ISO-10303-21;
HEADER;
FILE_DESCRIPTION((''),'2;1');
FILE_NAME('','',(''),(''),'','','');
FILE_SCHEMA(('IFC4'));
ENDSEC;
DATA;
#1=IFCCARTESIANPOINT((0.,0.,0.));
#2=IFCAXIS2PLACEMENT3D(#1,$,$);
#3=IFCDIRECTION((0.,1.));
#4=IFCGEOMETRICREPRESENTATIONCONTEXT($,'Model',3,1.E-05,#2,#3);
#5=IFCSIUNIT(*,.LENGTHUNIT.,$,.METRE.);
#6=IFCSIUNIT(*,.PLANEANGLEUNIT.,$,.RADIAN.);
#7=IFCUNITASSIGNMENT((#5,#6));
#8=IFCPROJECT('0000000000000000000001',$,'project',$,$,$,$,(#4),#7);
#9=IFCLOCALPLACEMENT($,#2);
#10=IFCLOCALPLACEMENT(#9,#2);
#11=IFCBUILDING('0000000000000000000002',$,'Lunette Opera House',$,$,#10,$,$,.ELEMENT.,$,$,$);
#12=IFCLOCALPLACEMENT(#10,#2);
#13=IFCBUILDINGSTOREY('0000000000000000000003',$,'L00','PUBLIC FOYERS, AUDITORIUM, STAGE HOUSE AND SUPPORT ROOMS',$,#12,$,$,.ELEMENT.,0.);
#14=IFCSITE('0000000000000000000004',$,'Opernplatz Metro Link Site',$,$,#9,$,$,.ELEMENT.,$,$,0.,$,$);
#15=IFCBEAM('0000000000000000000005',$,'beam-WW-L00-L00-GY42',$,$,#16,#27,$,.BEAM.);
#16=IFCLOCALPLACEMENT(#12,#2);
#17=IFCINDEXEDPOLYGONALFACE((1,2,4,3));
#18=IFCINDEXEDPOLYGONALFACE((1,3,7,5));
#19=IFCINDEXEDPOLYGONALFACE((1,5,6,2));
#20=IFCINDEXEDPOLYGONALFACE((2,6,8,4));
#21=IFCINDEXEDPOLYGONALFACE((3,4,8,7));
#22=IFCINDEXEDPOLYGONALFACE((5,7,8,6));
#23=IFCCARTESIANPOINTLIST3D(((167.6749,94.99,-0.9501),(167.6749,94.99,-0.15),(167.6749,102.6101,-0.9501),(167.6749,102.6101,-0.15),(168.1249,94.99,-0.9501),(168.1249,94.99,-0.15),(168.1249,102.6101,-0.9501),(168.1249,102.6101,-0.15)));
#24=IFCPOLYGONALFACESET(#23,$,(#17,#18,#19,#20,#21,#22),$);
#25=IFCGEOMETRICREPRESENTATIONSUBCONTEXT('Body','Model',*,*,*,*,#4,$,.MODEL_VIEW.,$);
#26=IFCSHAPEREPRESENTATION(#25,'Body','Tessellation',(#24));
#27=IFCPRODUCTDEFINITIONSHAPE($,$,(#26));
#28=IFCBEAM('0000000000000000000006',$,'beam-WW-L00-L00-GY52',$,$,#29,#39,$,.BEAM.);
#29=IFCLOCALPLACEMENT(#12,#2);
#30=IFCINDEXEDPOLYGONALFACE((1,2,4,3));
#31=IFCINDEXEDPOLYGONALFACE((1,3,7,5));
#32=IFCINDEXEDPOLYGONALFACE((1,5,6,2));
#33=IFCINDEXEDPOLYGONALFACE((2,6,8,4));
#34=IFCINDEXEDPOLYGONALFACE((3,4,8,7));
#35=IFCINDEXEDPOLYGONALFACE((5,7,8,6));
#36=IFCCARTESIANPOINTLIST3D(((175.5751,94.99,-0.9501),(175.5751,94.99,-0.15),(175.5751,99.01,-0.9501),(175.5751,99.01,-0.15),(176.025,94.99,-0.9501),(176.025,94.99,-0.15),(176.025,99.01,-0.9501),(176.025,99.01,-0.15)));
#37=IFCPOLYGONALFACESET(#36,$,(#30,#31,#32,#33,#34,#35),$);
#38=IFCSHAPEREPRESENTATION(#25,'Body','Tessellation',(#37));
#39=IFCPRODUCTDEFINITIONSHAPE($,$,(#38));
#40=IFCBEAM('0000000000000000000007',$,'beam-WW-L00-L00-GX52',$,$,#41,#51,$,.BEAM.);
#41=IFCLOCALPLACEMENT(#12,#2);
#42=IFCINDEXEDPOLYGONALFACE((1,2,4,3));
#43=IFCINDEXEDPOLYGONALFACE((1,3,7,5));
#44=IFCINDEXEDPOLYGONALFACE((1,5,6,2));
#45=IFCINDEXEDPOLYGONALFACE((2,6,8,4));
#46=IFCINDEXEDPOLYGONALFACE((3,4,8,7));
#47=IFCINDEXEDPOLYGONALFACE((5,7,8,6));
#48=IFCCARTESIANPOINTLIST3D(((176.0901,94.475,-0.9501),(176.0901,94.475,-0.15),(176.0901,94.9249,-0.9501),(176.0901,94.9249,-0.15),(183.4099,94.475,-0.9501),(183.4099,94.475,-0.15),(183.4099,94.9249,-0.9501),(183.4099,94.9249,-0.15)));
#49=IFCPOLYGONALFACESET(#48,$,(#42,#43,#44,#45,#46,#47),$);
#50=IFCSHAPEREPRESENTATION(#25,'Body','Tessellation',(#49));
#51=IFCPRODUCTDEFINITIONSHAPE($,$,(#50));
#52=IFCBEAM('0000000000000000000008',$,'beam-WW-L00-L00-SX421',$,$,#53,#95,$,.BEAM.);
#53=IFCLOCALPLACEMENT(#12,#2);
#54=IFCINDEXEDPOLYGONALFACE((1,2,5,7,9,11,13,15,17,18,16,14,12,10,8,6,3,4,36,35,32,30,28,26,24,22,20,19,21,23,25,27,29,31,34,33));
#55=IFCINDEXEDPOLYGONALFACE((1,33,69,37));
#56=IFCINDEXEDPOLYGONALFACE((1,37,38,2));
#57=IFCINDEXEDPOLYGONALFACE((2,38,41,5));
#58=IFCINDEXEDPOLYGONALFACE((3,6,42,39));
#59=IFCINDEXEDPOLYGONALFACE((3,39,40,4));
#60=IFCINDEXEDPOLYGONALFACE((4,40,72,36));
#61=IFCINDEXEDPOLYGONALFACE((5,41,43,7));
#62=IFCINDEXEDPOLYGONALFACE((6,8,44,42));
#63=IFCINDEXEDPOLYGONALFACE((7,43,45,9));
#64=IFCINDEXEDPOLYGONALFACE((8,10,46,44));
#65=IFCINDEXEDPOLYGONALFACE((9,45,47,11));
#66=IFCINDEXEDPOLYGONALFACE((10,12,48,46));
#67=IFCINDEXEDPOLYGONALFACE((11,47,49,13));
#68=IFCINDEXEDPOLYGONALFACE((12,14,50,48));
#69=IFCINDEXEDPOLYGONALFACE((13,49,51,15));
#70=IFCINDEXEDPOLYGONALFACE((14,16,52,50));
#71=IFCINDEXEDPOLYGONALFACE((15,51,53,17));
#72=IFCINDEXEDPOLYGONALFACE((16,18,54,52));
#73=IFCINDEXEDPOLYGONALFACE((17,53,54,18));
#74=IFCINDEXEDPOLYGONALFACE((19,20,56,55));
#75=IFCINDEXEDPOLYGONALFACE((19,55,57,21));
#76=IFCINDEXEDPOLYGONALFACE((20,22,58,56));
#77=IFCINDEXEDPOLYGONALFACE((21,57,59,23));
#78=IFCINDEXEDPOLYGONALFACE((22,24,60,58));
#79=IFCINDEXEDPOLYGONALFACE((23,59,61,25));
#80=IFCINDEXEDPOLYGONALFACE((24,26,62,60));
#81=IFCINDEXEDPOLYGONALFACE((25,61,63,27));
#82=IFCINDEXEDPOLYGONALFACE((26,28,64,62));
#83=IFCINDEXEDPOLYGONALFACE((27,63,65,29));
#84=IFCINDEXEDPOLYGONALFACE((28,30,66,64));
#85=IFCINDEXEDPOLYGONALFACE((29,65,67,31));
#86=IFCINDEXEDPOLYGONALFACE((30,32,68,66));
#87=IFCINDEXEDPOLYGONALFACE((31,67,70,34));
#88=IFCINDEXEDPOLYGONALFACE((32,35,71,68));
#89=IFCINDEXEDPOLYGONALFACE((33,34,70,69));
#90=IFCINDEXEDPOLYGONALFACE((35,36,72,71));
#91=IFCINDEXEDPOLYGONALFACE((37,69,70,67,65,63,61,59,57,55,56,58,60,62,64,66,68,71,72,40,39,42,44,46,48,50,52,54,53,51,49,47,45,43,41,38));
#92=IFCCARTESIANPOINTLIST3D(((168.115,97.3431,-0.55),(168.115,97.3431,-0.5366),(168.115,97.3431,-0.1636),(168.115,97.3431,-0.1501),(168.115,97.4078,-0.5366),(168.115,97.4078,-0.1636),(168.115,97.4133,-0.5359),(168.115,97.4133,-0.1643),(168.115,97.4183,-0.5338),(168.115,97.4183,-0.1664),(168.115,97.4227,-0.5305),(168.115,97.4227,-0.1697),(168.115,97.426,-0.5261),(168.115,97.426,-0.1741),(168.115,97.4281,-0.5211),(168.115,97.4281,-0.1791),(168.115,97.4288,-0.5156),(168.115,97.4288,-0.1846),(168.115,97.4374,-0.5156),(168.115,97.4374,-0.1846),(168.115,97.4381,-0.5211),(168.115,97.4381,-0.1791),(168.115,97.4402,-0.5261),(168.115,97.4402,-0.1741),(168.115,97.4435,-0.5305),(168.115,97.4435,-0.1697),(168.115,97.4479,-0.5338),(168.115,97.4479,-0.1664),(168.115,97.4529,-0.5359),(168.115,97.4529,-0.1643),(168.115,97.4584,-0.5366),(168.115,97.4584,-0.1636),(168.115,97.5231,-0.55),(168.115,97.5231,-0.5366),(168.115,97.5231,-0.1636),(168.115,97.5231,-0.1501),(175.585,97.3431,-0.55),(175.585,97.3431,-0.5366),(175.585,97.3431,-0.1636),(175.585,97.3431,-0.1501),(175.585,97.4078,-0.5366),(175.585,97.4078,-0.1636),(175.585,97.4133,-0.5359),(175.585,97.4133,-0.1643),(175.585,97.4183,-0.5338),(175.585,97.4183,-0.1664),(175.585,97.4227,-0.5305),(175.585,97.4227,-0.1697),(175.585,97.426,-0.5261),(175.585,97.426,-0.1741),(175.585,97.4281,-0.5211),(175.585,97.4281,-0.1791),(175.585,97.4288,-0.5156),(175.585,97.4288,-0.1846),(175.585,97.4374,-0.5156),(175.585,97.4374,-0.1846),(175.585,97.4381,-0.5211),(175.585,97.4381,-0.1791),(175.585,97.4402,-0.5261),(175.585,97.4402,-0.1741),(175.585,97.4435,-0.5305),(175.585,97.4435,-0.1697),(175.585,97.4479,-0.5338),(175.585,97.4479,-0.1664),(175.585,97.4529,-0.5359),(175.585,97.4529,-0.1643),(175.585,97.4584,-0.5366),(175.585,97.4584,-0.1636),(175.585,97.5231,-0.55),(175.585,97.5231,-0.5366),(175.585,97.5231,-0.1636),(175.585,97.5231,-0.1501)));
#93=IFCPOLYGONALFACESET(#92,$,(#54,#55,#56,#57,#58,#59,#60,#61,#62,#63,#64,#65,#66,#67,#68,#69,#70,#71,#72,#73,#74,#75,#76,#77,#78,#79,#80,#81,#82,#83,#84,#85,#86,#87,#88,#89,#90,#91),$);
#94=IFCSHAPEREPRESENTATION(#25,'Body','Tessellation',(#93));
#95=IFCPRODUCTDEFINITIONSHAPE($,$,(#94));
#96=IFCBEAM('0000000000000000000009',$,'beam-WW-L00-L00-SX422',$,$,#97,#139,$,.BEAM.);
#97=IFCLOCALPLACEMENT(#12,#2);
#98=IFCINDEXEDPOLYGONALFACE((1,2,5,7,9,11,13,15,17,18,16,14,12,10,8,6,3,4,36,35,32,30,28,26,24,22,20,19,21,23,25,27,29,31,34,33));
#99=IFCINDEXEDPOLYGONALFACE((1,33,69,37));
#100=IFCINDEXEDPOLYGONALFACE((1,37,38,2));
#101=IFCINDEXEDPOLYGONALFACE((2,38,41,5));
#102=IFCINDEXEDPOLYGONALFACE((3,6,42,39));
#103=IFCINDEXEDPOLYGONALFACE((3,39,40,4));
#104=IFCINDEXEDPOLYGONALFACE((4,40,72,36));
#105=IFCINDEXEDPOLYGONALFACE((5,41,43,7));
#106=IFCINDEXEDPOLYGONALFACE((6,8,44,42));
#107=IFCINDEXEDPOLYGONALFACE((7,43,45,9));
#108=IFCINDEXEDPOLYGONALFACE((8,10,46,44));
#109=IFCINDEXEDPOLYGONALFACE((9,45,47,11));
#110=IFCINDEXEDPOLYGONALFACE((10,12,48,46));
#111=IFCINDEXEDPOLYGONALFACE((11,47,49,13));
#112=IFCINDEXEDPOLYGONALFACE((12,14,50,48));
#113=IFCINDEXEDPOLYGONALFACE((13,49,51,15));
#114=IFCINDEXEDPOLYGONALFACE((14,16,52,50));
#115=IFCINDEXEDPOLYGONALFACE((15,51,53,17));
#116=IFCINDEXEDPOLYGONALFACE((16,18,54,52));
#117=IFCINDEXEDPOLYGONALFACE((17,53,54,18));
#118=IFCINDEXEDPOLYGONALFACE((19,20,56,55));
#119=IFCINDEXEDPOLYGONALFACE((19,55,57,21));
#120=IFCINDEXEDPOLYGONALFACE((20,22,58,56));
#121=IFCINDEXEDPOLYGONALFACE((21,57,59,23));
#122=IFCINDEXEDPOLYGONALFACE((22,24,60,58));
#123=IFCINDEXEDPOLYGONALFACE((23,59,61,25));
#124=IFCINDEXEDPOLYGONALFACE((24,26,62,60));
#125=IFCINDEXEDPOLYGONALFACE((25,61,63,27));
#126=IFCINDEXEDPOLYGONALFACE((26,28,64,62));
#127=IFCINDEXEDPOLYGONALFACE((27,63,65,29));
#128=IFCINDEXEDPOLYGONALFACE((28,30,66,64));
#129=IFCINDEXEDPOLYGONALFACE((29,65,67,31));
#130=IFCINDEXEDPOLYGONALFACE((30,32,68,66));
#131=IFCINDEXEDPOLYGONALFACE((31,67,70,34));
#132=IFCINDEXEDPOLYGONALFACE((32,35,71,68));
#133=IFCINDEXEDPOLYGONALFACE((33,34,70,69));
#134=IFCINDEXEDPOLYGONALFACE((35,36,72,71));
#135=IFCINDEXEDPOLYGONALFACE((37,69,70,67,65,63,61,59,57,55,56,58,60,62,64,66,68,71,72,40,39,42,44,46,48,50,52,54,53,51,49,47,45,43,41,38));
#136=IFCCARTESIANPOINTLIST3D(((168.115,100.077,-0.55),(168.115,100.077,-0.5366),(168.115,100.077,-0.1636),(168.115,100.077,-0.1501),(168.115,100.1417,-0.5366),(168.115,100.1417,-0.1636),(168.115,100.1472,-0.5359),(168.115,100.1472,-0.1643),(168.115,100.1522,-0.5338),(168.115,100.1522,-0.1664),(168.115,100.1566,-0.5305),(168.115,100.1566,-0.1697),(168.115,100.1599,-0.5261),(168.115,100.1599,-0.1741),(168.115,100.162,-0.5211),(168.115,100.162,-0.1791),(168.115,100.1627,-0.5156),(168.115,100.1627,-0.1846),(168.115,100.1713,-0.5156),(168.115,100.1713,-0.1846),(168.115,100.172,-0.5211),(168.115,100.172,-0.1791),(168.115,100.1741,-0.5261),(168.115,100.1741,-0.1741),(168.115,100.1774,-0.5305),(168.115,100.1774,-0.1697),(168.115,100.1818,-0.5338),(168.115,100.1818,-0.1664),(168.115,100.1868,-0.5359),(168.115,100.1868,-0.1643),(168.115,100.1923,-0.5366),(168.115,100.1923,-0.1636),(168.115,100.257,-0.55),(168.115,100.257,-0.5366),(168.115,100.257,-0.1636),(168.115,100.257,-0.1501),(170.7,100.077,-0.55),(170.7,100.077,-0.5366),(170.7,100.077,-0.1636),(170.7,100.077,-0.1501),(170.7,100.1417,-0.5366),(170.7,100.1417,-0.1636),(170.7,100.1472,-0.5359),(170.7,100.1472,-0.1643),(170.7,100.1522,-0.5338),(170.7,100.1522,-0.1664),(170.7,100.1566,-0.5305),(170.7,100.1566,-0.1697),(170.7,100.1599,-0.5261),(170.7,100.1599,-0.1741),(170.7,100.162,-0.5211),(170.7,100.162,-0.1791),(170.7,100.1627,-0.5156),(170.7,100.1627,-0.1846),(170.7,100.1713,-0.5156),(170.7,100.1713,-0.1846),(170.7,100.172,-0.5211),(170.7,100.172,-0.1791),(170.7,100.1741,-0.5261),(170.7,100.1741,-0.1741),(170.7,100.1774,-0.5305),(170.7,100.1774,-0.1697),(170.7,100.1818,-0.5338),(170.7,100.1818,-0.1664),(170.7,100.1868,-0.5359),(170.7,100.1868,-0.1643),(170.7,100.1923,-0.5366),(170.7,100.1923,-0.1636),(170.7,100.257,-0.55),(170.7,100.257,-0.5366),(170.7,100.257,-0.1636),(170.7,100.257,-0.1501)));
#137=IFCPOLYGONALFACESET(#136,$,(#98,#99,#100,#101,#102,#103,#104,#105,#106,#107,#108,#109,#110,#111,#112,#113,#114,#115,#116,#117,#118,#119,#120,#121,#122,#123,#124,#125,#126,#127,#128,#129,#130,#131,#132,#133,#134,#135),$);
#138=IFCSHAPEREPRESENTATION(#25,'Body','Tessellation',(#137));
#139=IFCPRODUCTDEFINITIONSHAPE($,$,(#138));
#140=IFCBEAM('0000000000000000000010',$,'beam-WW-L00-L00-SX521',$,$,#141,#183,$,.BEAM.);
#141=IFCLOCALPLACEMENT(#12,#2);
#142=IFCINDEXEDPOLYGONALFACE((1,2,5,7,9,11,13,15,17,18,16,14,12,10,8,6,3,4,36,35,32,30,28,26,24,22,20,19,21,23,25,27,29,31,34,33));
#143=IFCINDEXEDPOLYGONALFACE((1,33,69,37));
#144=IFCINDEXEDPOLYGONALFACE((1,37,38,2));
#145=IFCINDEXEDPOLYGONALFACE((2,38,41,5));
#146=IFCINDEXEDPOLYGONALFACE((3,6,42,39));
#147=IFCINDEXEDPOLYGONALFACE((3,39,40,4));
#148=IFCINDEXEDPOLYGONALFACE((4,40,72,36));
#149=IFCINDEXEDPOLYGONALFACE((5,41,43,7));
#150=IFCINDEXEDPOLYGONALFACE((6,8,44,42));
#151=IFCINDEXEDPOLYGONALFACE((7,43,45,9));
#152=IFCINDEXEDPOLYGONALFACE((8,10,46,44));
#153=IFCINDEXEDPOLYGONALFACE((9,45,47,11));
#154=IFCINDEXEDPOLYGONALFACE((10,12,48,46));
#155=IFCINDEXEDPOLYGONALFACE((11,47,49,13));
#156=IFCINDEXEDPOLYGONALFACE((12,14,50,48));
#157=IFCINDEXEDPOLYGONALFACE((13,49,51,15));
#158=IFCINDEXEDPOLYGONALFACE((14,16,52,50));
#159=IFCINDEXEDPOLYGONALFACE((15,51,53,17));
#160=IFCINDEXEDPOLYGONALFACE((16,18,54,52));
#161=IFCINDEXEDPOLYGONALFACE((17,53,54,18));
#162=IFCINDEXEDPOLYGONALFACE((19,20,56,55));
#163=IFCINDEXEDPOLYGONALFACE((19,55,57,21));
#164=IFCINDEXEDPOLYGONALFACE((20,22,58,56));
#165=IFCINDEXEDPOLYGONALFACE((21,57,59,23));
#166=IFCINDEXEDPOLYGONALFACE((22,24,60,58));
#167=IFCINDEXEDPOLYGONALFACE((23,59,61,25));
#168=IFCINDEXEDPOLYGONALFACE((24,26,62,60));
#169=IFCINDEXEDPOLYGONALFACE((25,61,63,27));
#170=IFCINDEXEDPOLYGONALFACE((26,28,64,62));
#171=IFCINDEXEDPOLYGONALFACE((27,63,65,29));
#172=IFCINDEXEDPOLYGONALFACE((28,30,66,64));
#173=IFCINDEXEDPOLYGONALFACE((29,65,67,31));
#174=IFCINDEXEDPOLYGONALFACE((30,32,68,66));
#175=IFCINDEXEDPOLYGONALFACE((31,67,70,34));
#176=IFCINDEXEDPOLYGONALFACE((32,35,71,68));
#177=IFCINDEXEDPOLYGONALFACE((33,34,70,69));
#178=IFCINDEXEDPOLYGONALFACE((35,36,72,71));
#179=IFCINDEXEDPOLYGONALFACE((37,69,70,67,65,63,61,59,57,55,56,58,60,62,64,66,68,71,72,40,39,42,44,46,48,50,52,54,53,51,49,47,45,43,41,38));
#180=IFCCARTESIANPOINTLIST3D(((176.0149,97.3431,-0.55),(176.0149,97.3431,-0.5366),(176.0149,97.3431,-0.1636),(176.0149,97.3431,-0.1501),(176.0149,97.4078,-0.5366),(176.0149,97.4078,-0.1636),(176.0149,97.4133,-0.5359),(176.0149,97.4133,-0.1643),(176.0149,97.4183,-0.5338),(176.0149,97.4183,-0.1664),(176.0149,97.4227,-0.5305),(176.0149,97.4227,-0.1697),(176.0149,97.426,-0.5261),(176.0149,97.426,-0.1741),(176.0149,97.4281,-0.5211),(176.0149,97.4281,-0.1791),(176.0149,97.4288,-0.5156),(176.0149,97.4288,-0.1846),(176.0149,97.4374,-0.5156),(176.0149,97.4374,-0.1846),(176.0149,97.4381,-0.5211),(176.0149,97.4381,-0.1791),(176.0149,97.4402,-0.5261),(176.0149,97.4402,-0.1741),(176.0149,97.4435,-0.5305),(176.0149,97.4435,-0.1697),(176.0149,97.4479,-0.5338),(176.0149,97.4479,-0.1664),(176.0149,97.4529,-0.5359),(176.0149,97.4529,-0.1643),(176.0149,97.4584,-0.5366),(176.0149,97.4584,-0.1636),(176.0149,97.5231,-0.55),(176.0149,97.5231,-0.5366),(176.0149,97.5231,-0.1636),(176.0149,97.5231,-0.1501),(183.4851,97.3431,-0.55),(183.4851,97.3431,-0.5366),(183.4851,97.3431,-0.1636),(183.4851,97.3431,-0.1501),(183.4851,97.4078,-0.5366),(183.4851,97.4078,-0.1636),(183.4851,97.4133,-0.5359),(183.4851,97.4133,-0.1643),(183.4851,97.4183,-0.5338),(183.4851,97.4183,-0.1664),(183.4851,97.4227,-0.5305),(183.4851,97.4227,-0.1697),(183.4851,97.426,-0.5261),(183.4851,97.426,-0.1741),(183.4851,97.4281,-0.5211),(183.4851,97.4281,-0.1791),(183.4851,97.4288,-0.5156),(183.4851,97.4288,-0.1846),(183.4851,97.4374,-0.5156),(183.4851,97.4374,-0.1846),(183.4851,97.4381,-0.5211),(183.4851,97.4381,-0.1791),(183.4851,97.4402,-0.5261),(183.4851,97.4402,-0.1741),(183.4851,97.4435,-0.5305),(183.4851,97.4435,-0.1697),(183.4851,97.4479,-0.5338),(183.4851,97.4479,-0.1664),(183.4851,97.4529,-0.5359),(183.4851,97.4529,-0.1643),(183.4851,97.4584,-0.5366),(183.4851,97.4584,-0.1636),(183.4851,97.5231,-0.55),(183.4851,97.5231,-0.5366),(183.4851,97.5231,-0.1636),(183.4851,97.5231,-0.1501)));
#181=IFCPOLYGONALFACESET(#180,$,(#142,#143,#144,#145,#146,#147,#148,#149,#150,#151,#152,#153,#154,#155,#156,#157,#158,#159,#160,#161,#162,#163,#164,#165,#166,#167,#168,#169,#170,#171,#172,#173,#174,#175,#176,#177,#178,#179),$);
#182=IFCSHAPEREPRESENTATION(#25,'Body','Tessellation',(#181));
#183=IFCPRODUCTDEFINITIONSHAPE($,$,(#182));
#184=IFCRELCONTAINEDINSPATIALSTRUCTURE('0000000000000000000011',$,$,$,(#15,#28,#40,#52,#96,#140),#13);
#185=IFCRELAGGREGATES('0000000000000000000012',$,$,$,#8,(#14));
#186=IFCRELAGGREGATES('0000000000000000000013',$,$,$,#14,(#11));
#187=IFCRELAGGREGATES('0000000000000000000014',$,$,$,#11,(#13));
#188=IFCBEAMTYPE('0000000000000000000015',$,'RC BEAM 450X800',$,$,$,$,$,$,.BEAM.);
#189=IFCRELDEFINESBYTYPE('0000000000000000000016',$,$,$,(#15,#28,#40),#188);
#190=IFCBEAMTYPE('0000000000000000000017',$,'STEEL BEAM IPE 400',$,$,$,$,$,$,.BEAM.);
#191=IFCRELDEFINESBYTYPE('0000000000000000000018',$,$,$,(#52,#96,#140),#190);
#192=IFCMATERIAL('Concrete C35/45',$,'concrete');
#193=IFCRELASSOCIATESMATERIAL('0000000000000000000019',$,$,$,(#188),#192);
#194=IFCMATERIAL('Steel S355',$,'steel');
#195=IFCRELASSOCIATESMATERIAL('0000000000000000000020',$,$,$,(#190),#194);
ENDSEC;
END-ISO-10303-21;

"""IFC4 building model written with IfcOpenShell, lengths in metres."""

from ifc_helpers import new_model, si_unit, direction, frame, origin, origin_2d, place, context, subcontext, project, spatial, rectangle, i_section, extrude, material, material_profile, profile_set, type_object, element, save


model = new_model("IFC4")

# Units and contexts
model_context = context("Model", 3, precision=1e-05, world=origin(), true_north=direction((0.0, 1.0)))
body_context = subcontext(model_context, "Body", "Model", "MODEL_VIEW")
ifc_project = project(units=[si_unit("LENGTHUNIT", "METRE"), si_unit("PLANEANGLEUNIT", "RADIAN")], contexts=[model_context])

# Site, building, storey
site_placement = place(None, origin())
site = spatial("IfcSite", under=ifc_project, at=site_placement, Name="Opernplatz Metro Link Site", CompositionType="ELEMENT", RefElevation=0.0)
building_placement = place(site_placement, origin())
building = spatial("IfcBuilding", under=site, at=building_placement, Name="Lunette Opera House", CompositionType="ELEMENT")
storey_placement = place(building_placement, origin())
storey = spatial("IfcBuildingStorey", under=building, at=storey_placement, Name="L00", Description="PUBLIC FOYERS, AUDITORIUM, STAGE HOUSE AND SUPPORT ROOMS", CompositionType="ELEMENT", Elevation=0.0)

# Beams
ifc_material_1 = material(Name="Concrete C35/45", Category="concrete")
ifc_material_profile_1 = material_profile(ifc_material_1, rectangle(XDim=0.45, YDim=0.8, at=origin_2d()), Name="RC BEAM 450X800")
ifc_profile_set_1 = profile_set([ifc_material_profile_1], Name="Concrete C35/45")
beam_type_1 = type_object("IfcBeamType", Name="RC BEAM 450X800", PredefinedType="BEAM", material=ifc_profile_set_1)
beam_1_placement = place(storey_placement, frame((167.8999, 94.99, -0.55), z_axis=(0.0, 1.0, 0.0), x_axis=(-1.0, 0.0, 0.0)))
element("IfcBeam", 1, at=beam_1_placement, inside=storey, type_object=beam_type_1, Name="beam-WW-L00-L00-GY42", PredefinedType="BEAM", context=body_context, shape_type="SweptSolid", body=[
    extrude(rectangle(XDim=0.45, YDim=0.8, at=origin_2d()), origin(), (0.0, 0.0, 1.0), 7.6201),
])
beam_2_placement = place(storey_placement, frame((175.8, 94.99, -0.55), z_axis=(0.0, 1.0, 0.0), x_axis=(-1.0, 0.0, 0.0)))
element("IfcBeam", 2, at=beam_2_placement, inside=storey, type_object=beam_type_1, Name="beam-WW-L00-L00-GY52", PredefinedType="BEAM", context=body_context, shape_type="SweptSolid", body=[
    extrude(rectangle(XDim=0.45, YDim=0.8, at=origin_2d()), origin(), (0.0, 0.0, 1.0), 4.02),
])
beam_3_placement = place(storey_placement, frame((176.0901, 94.7, -0.55), z_axis=(1.0, 0.0, 0.0), x_axis=(0.0, 1.0, 0.0)))
element("IfcBeam", 3, at=beam_3_placement, inside=storey, type_object=beam_type_1, Name="beam-WW-L00-L00-GX52", PredefinedType="BEAM", context=body_context, shape_type="SweptSolid", body=[
    extrude(rectangle(XDim=0.45, YDim=0.8, at=origin_2d()), origin(), (0.0, 0.0, 1.0), 7.3198),
])
ifc_material_2 = material(Name="Steel S355", Category="steel")
ifc_material_profile_2 = material_profile(ifc_material_2, i_section(OverallWidth=0.1799, OverallDepth=0.3999, WebThickness=0.0085, FlangeThickness=0.0134, FilletRadius=0.021, at=origin_2d()), Name="IPE 400")
ifc_profile_set_2 = profile_set([ifc_material_profile_2], Name="Steel S355")
beam_type_2 = type_object("IfcBeamType", Name="STEEL BEAM IPE 400", PredefinedType="BEAM", material=ifc_profile_set_2)
beam_4_placement = place(storey_placement, frame((168.115, 97.4331, -0.3501), z_axis=(1.0, 0.0, 0.0), x_axis=(0.0, 1.0, 0.0)))
element("IfcBeam", 4, at=beam_4_placement, inside=storey, type_object=beam_type_2, Name="beam-WW-L00-L00-SX421", PredefinedType="BEAM", context=body_context, shape_type="SweptSolid", body=[
    extrude(i_section(OverallWidth=0.1799, OverallDepth=0.3999, WebThickness=0.0085, FlangeThickness=0.0134, FilletRadius=0.021, at=origin_2d()), origin(), (0.0, 0.0, 1.0), 7.47),
])
beam_5_placement = place(storey_placement, frame((168.115, 100.167, -0.3501), z_axis=(1.0, 0.0, 0.0), x_axis=(0.0, 1.0, 0.0)))
element("IfcBeam", 5, at=beam_5_placement, inside=storey, type_object=beam_type_2, Name="beam-WW-L00-L00-SX422", PredefinedType="BEAM", context=body_context, shape_type="SweptSolid", body=[
    extrude(i_section(OverallWidth=0.1799, OverallDepth=0.3999, WebThickness=0.0085, FlangeThickness=0.0134, FilletRadius=0.021, at=origin_2d()), origin(), (0.0, 0.0, 1.0), 2.585),
])
beam_6_placement = place(storey_placement, frame((176.0149, 97.4331, -0.3501), z_axis=(1.0, 0.0, 0.0), x_axis=(0.0, 1.0, 0.0)))
element("IfcBeam", 6, at=beam_6_placement, inside=storey, type_object=beam_type_2, Name="beam-WW-L00-L00-SX521", PredefinedType="BEAM", context=body_context, shape_type="SweptSolid", body=[
    extrude(i_section(OverallWidth=0.1799, OverallDepth=0.3999, WebThickness=0.0085, FlangeThickness=0.0134, FilletRadius=0.021, at=origin_2d()), origin(), (0.0, 0.0, 1.0), 7.4702),
])

save(model, "model.ifc")
